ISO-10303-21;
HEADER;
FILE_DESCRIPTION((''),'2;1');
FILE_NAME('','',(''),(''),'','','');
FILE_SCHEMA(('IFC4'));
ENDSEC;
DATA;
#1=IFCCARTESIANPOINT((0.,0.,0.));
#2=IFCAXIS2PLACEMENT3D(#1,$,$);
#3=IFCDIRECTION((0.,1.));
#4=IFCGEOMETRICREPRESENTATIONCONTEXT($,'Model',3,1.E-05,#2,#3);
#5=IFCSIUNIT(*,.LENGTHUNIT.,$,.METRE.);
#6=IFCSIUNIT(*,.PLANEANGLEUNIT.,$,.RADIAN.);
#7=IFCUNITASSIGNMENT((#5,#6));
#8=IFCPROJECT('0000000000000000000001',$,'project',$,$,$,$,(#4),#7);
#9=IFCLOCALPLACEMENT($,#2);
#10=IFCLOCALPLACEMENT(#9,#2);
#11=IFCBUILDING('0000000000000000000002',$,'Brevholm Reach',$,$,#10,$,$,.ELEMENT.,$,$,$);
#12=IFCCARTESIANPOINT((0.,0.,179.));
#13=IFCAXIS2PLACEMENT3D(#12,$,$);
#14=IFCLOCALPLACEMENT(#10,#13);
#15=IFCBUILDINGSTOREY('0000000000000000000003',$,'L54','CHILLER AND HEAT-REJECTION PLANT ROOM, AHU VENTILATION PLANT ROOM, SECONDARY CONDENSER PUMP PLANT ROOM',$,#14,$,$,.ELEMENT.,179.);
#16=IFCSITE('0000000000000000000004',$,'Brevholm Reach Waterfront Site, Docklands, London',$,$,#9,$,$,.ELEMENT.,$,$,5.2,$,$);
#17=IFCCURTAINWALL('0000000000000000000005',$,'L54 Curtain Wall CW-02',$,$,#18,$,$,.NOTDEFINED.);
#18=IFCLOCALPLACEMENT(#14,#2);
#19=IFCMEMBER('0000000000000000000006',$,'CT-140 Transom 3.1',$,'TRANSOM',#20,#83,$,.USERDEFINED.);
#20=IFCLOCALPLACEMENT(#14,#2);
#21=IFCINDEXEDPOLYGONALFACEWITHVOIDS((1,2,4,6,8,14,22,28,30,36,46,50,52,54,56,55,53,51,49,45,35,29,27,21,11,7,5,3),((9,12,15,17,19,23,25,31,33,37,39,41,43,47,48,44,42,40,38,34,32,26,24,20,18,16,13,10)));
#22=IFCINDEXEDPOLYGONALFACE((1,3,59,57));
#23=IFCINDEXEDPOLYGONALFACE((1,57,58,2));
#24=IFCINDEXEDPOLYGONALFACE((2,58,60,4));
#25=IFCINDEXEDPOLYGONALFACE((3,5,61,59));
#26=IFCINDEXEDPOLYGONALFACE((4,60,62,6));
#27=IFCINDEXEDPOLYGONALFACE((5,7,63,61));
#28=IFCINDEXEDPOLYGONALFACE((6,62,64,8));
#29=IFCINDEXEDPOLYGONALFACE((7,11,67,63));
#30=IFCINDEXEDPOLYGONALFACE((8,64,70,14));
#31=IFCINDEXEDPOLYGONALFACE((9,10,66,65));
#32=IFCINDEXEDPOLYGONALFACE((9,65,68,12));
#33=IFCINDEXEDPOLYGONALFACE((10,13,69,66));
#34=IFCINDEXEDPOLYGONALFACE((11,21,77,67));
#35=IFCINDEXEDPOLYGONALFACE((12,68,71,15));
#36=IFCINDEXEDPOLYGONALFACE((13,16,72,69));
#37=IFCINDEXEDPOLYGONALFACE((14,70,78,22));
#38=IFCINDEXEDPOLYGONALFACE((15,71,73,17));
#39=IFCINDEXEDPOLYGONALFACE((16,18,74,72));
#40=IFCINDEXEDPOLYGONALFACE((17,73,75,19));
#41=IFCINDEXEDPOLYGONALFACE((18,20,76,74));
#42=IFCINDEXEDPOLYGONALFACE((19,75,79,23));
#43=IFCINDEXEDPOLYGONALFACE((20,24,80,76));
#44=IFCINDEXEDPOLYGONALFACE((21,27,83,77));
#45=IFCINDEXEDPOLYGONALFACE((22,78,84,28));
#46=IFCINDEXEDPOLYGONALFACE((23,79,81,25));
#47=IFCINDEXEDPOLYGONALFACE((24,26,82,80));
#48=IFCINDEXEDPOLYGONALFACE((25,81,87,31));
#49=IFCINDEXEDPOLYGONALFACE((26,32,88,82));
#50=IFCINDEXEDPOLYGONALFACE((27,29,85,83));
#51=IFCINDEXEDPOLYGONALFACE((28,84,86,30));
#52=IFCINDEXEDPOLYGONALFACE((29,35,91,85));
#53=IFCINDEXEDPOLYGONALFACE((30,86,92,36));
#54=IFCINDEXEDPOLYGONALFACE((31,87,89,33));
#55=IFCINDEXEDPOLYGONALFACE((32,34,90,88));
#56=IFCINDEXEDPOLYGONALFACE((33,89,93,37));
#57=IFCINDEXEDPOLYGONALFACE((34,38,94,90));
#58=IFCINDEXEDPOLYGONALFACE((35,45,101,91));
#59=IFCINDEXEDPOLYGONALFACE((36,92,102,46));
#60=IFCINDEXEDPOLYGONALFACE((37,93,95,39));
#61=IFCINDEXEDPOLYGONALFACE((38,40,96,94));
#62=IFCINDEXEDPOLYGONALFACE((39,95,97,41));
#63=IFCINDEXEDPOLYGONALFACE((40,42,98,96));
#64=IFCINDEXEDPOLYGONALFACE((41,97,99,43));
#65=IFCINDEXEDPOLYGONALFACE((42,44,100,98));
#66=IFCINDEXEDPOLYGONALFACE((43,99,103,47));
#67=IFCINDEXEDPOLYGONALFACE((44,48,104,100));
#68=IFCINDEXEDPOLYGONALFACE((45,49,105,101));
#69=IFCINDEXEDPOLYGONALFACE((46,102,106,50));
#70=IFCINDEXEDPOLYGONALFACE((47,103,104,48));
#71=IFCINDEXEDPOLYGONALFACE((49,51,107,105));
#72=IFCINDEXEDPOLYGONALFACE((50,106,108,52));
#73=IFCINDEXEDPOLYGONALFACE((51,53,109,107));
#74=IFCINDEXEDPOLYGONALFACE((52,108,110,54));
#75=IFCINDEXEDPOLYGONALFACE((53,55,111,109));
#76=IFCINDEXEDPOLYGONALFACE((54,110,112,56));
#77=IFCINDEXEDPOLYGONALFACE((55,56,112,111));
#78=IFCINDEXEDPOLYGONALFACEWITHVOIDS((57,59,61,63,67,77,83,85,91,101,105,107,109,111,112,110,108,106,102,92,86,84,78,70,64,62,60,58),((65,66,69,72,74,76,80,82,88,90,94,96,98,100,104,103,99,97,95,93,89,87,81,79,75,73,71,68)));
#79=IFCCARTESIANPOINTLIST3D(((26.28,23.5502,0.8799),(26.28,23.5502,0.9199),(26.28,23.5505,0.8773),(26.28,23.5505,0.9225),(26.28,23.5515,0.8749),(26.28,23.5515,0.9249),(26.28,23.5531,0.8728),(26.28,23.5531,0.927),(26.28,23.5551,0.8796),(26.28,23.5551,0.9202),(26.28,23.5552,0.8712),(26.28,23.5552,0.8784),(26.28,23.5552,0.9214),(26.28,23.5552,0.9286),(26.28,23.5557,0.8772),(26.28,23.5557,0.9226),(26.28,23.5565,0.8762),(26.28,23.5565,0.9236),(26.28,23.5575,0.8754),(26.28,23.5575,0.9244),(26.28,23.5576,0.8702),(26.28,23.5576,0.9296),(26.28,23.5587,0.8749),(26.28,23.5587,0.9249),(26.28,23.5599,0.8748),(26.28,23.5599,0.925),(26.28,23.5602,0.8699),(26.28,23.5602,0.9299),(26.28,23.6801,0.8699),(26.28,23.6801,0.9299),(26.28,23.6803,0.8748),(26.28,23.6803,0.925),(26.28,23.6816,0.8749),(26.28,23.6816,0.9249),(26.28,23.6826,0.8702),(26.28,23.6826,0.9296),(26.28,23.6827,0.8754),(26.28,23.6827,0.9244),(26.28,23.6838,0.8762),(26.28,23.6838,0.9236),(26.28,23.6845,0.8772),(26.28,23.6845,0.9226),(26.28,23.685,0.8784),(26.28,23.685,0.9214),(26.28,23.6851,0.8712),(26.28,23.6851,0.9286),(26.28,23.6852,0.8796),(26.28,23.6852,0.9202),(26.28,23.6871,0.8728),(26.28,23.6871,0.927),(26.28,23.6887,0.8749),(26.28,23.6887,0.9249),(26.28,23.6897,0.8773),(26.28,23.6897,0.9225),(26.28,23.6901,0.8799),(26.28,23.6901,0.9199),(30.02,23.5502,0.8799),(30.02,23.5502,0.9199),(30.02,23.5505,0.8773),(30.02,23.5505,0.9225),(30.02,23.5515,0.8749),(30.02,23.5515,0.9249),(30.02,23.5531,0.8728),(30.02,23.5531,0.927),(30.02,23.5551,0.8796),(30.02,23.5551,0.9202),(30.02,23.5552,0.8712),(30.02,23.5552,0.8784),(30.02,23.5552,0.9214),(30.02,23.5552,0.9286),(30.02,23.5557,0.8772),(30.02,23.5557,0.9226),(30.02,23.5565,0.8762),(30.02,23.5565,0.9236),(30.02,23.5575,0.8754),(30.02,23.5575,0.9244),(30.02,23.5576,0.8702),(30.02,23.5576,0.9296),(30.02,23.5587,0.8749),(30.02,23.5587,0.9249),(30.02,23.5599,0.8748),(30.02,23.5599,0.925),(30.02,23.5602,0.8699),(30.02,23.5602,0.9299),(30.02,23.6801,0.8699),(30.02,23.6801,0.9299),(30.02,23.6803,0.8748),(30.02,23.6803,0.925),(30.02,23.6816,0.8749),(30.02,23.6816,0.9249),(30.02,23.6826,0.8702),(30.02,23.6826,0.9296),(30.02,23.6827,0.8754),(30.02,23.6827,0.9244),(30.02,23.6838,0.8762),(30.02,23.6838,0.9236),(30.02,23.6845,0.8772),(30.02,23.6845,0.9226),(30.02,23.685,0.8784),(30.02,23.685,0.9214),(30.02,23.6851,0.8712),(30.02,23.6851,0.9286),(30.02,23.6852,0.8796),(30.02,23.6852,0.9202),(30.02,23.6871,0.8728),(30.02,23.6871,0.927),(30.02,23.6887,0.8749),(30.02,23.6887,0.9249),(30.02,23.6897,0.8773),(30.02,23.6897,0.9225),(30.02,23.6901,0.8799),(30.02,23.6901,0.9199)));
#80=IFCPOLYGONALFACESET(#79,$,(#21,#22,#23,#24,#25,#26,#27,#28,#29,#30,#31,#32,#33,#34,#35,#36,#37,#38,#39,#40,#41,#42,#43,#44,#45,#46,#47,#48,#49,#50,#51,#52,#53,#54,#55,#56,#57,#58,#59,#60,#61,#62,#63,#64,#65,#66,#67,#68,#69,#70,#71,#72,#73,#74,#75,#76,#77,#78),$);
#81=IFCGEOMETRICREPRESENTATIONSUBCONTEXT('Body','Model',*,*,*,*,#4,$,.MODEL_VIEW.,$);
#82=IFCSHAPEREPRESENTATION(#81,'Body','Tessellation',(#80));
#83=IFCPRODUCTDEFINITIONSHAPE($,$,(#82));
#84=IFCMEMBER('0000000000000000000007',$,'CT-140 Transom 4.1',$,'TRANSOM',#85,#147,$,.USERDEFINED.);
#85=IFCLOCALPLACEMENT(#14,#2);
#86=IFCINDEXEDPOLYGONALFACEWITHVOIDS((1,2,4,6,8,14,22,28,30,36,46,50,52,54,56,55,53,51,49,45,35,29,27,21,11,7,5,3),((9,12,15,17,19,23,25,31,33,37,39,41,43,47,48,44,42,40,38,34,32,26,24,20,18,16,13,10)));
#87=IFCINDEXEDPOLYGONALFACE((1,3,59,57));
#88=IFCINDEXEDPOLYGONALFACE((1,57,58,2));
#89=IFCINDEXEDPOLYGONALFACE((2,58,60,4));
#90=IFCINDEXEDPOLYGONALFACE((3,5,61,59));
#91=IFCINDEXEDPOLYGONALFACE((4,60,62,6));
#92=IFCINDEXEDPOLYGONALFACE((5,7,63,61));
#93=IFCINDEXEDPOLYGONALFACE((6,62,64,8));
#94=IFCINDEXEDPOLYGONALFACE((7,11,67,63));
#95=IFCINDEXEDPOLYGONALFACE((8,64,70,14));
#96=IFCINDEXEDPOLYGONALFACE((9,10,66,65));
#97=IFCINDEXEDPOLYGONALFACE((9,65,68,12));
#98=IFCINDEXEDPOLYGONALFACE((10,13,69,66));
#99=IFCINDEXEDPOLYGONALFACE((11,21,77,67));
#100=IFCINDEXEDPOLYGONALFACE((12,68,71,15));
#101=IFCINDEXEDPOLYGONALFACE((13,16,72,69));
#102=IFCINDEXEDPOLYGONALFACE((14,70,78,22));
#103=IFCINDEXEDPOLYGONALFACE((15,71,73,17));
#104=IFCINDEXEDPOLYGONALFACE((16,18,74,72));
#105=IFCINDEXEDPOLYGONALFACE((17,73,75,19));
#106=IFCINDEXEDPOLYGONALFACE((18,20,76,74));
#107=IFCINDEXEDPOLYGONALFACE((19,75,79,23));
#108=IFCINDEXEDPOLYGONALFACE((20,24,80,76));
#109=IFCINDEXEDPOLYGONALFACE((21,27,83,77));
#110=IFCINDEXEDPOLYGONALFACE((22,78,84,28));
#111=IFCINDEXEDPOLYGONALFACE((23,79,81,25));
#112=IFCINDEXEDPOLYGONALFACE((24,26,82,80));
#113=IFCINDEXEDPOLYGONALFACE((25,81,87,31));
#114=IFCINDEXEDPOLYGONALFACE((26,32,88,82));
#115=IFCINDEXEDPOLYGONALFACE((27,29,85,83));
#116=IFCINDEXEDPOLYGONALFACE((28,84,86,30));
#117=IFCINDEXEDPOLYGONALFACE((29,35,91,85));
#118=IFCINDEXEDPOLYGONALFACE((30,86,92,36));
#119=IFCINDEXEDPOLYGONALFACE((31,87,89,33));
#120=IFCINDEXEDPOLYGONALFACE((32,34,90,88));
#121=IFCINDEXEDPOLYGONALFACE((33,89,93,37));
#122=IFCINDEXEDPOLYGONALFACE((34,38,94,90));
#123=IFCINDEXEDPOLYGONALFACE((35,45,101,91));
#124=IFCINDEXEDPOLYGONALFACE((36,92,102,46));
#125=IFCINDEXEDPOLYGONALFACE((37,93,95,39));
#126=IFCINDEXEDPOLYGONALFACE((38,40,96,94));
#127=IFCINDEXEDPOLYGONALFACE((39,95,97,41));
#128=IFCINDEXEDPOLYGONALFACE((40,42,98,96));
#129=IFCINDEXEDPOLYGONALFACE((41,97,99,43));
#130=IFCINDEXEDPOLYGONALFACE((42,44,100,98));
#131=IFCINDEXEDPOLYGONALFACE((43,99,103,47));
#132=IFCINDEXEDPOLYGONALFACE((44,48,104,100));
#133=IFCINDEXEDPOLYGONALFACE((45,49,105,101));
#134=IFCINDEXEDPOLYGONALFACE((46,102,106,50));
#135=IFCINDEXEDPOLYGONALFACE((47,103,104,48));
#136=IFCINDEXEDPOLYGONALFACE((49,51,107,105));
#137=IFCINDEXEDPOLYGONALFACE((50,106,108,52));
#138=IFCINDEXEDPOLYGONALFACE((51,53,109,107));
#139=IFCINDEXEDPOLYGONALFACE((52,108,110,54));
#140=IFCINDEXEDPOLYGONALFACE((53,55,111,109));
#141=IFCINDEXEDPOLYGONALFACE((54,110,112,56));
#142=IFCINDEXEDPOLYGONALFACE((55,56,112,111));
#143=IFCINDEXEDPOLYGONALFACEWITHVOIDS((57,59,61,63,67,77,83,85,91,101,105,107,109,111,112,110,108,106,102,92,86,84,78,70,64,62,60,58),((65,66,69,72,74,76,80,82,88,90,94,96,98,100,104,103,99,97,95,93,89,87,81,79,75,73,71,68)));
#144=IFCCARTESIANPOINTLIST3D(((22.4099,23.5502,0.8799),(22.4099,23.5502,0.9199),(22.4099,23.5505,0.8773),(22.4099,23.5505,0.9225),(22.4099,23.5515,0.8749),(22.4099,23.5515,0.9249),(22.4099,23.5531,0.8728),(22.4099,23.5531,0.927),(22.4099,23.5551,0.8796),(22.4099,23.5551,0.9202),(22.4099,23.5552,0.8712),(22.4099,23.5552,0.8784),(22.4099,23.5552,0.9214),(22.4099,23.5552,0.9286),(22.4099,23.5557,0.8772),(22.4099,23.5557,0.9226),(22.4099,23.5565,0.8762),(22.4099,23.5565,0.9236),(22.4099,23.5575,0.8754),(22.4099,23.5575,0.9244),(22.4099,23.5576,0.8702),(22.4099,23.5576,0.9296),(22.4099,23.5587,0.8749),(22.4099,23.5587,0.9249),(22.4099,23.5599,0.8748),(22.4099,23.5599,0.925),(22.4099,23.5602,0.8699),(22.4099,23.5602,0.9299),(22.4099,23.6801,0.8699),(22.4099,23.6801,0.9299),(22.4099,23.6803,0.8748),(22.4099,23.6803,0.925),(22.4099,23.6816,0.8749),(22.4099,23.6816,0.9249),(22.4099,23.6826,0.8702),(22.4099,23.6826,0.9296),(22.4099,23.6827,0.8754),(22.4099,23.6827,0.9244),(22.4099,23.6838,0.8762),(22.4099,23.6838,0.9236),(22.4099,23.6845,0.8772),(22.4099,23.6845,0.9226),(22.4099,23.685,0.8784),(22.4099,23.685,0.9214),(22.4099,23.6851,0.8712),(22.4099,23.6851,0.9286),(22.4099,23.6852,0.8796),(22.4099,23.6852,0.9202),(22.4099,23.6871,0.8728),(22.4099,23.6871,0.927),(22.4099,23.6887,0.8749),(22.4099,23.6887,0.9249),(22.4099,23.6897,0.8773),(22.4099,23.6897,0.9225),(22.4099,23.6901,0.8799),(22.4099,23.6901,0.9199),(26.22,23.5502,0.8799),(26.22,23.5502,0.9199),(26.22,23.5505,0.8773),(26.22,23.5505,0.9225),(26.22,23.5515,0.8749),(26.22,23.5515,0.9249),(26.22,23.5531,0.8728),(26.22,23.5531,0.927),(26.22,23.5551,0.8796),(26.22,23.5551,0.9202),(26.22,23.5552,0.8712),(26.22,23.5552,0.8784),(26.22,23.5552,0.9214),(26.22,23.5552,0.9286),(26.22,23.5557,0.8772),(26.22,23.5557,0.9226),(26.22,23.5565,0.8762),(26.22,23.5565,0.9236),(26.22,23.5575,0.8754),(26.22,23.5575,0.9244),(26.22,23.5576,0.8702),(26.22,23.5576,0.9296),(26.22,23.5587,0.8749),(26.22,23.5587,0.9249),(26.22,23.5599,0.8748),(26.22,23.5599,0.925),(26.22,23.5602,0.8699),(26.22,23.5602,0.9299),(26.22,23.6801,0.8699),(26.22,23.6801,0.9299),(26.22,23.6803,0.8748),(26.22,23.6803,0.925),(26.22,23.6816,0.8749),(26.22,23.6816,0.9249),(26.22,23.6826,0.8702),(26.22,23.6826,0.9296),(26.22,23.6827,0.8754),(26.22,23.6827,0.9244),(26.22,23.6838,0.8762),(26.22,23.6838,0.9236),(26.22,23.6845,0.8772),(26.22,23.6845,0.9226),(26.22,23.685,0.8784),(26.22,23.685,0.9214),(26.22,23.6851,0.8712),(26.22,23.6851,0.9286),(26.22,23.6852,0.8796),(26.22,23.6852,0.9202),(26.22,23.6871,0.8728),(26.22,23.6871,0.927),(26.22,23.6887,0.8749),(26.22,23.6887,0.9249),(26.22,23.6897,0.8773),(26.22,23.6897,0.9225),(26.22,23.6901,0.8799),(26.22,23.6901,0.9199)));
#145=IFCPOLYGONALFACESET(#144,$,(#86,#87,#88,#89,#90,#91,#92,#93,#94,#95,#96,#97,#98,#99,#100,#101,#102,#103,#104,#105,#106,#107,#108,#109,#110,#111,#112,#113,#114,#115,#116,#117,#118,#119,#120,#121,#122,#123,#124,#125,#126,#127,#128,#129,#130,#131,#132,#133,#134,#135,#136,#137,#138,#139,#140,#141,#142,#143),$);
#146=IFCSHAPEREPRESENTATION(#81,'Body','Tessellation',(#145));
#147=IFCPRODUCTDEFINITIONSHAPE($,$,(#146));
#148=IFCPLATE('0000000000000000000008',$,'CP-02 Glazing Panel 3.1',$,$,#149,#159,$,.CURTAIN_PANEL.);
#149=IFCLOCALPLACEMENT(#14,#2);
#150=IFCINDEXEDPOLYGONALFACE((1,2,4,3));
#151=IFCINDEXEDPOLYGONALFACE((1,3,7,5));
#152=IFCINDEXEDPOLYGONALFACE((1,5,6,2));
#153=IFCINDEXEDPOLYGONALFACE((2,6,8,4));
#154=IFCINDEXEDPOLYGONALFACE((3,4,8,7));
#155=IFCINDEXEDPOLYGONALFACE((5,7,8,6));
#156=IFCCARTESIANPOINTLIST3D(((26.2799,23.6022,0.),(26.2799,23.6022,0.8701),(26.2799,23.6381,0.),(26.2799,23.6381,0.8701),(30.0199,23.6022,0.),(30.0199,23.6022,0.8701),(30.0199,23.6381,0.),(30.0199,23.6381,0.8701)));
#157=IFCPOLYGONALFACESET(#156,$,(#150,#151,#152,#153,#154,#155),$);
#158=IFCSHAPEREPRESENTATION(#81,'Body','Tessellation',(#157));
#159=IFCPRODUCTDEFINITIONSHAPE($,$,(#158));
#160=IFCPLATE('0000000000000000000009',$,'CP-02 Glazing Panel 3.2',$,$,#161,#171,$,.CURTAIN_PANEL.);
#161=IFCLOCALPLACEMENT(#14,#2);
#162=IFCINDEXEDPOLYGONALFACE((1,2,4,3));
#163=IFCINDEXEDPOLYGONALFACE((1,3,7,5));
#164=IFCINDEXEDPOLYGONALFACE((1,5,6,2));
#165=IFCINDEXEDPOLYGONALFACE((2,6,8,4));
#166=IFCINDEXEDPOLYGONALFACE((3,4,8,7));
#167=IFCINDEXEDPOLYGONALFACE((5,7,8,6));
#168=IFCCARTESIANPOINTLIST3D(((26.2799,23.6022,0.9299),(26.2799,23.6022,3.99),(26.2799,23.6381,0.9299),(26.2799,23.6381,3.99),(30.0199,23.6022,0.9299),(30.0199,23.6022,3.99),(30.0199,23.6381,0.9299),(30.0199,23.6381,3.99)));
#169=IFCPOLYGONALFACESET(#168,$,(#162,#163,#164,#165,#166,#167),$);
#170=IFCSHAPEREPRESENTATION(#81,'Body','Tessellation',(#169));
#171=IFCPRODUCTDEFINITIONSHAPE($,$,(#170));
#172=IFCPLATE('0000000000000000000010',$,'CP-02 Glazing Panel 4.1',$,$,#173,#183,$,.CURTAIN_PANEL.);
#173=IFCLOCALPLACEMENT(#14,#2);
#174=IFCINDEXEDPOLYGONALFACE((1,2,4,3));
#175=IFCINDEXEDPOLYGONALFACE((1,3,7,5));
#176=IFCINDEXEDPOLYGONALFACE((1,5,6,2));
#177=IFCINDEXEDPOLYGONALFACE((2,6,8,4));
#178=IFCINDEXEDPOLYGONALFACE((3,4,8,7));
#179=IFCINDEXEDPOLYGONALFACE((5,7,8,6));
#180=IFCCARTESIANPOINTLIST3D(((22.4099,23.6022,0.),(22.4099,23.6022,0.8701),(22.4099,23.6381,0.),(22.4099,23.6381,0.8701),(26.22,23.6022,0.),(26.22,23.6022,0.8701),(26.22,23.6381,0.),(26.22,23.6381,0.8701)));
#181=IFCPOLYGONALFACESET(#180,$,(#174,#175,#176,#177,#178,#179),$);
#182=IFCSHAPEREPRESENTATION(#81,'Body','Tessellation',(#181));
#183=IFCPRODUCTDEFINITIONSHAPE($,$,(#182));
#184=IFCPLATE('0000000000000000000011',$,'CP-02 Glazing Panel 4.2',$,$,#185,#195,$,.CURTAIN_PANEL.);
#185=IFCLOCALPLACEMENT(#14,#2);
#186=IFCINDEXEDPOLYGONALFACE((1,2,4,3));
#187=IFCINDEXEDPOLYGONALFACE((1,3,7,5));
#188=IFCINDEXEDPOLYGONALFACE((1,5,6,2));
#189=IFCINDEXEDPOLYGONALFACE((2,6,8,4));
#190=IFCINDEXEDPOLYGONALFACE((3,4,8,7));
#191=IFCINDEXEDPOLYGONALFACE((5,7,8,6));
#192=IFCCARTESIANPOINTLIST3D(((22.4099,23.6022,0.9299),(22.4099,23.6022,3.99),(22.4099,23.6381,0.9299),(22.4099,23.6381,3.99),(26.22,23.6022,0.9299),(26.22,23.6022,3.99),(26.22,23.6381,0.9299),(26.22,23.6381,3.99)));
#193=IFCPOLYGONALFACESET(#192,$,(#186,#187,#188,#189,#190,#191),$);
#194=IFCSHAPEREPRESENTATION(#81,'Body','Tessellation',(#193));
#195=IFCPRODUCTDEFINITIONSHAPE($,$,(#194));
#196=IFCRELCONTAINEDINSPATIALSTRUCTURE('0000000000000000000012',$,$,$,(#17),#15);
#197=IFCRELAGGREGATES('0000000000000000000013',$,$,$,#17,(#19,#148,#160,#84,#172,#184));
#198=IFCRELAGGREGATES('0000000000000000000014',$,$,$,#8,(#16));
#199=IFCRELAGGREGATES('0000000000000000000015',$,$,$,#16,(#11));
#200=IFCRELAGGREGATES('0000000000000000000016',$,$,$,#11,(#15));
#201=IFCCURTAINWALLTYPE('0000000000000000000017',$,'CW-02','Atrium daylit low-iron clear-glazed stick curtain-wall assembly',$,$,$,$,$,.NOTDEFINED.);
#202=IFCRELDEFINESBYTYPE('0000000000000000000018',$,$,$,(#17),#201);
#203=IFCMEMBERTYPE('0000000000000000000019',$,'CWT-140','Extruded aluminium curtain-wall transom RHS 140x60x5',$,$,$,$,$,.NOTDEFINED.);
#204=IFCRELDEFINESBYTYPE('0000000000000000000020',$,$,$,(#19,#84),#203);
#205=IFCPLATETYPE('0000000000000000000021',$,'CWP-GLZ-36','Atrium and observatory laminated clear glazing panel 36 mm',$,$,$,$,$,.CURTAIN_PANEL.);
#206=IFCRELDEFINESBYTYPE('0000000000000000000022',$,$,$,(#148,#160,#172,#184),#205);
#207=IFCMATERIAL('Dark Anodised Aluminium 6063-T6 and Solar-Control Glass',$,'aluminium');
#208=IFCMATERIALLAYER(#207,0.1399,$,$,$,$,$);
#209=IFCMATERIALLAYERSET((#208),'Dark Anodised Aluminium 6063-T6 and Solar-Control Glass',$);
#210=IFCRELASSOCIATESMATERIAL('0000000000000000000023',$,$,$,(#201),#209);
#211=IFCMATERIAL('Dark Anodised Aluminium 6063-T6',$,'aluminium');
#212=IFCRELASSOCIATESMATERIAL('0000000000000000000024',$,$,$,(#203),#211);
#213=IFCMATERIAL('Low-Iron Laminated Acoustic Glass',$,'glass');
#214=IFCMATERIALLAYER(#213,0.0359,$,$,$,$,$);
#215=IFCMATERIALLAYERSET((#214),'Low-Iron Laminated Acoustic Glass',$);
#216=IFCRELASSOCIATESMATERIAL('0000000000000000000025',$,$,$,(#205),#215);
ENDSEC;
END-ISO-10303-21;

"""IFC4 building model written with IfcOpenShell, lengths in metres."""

from ifc_helpers import new_model, si_unit, direction, frame, origin, origin_2d, place, context, subcontext, project, spatial, rectangle, hollow_rectangle, extrude, material, layer, layer_set, material_profile, profile_set, type_object, element, aggregate, save


model = new_model("IFC4")

# Units and contexts
model_context = context("Model", 3, precision=1e-05, world=origin(), true_north=direction((0.0, 1.0)))
body_context = subcontext(model_context, "Body", "Model", "MODEL_VIEW")
ifc_project = project(units=[si_unit("LENGTHUNIT", "METRE"), si_unit("PLANEANGLEUNIT", "RADIAN")], contexts=[model_context])

# Site, building, storey
site_placement = place(None, origin())
site = spatial("IfcSite", under=ifc_project, at=site_placement, Name="Brevholm Reach Waterfront Site, Docklands, London", CompositionType="ELEMENT", RefElevation=5.2)
building_placement = place(site_placement, origin())
building = spatial("IfcBuilding", under=site, at=building_placement, Name="Brevholm Reach", CompositionType="ELEMENT")
storey_placement = place(building_placement, frame((0.0, 0.0, 179.0)))
storey = spatial("IfcBuildingStorey", under=building, at=storey_placement, Name="L54", Description="CHILLER AND HEAT-REJECTION PLANT ROOM, AHU VENTILATION PLANT ROOM, SECONDARY CONDENSER PUMP PLANT ROOM", CompositionType="ELEMENT", Elevation=179.0)

# Curtain wall
ifc_material_1 = material(Name="Dark Anodised Aluminium 6063-T6 and Solar-Control Glass", Category="aluminium")
ifc_layer_1 = layer(ifc_material_1, 0.1399)
ifc_layer_set_1 = layer_set([ifc_layer_1], Name="Dark Anodised Aluminium 6063-T6 and Solar-Control Glass")
curtain_wall_type_1 = type_object("IfcCurtainWallType", Name="CW-02", Description="Atrium daylit low-iron clear-glazed stick curtain-wall assembly", PredefinedType="NOTDEFINED", material=ifc_layer_set_1)
curtain_wall_1_placement = place(storey_placement, origin())
curtain_wall_1 = element("IfcCurtainWall", 1, at=curtain_wall_1_placement, inside=storey, type_object=curtain_wall_type_1, Name="L54 Curtain Wall CW-02", PredefinedType="NOTDEFINED")

# Members
ifc_material_2 = material(Name="Dark Anodised Aluminium 6063-T6", Category="aluminium")
ifc_material_profile_1 = material_profile(ifc_material_2, hollow_rectangle(XDim=0.0601, YDim=0.1399, WallThickness=0.0049, InnerFilletRadius=0.0049, OuterFilletRadius=0.01, at=origin_2d()), Name="RHS 140x60x5")
ifc_profile_set_1 = profile_set([ifc_material_profile_1], Name="Dark Anodised Aluminium 6063-T6")
member_type_1 = type_object("IfcMemberType", Name="CWT-140", Description="Extruded aluminium curtain-wall transom RHS 140x60x5", PredefinedType="NOTDEFINED", material=ifc_profile_set_1)
member_1_placement = place(storey_placement, frame((30.02, 23.6201, 0.8999), z_axis=(-1.0, 0.0, 0.0), x_axis=(0.0, 0.0, 1.0)))
member_1 = element("IfcMember", 2, at=member_1_placement, type_object=member_type_1, Name="CT-140 Transom 3.1", ObjectType="TRANSOM", PredefinedType="USERDEFINED", context=body_context, shape_type="SweptSolid", body=[
    extrude(hollow_rectangle(XDim=0.0601, YDim=0.1399, WallThickness=0.0049, InnerFilletRadius=0.0049, OuterFilletRadius=0.01, at=origin_2d()), origin(), (0.0, 0.0, 1.0), 3.74),
])
member_2_placement = place(storey_placement, frame((26.22, 23.6201, 0.8999), z_axis=(-1.0, 0.0, 0.0), x_axis=(0.0, 0.0, 1.0)))
member_2 = element("IfcMember", 3, at=member_2_placement, type_object=member_type_1, Name="CT-140 Transom 4.1", ObjectType="TRANSOM", PredefinedType="USERDEFINED", context=body_context, shape_type="SweptSolid", body=[
    extrude(hollow_rectangle(XDim=0.0601, YDim=0.1399, WallThickness=0.0049, InnerFilletRadius=0.0049, OuterFilletRadius=0.01, at=origin_2d()), origin(), (0.0, 0.0, 1.0), 3.8101),
])

# Plates
ifc_material_3 = material(Name="Low-Iron Laminated Acoustic Glass", Category="glass")
ifc_layer_2 = layer(ifc_material_3, 0.0359)
ifc_layer_set_2 = layer_set([ifc_layer_2], Name="Low-Iron Laminated Acoustic Glass")
plate_type_1 = type_object("IfcPlateType", Name="CWP-GLZ-36", Description="Atrium and observatory laminated clear glazing panel 36 mm", PredefinedType="CURTAIN_PANEL", material=ifc_layer_set_2)
plate_1_placement = place(storey_placement, frame((28.1499, 23.6201, 0.0), z_axis=(0.0, 0.0, 1.0), x_axis=(-1.0, 0.0, 0.0)))
plate_1 = element("IfcPlate", 4, at=plate_1_placement, type_object=plate_type_1, Name="CP-02 Glazing Panel 3.1", PredefinedType="CURTAIN_PANEL", context=body_context, shape_type="SweptSolid", body=[
    extrude(rectangle(XDim=3.74, YDim=0.0359, at=origin_2d()), origin(), (0.0, 0.0, 1.0), 0.8701),
])
plate_2_placement = place(storey_placement, frame((28.1499, 23.6201, 0.9299), z_axis=(0.0, 0.0, 1.0), x_axis=(-1.0, 0.0, 0.0)))
plate_2 = element("IfcPlate", 5, at=plate_2_placement, type_object=plate_type_1, Name="CP-02 Glazing Panel 3.2", PredefinedType="CURTAIN_PANEL", context=body_context, shape_type="SweptSolid", body=[
    extrude(rectangle(XDim=3.74, YDim=0.0359, at=origin_2d()), origin(), (0.0, 0.0, 1.0), 3.0601),
])
plate_3_placement = place(storey_placement, frame((24.3149, 23.6201, 0.0), z_axis=(0.0, 0.0, 1.0), x_axis=(-1.0, 0.0, 0.0)))
plate_3 = element("IfcPlate", 6, at=plate_3_placement, type_object=plate_type_1, Name="CP-02 Glazing Panel 4.1", PredefinedType="CURTAIN_PANEL", context=body_context, shape_type="SweptSolid", body=[
    extrude(rectangle(XDim=3.8101, YDim=0.0359, at=origin_2d()), origin(), (0.0, 0.0, 1.0), 0.8701),
])
plate_4_placement = place(storey_placement, frame((24.3149, 23.6201, 0.9299), z_axis=(0.0, 0.0, 1.0), x_axis=(-1.0, 0.0, 0.0)))
plate_4 = element("IfcPlate", 7, at=plate_4_placement, type_object=plate_type_1, Name="CP-02 Glazing Panel 4.2", PredefinedType="CURTAIN_PANEL", context=body_context, shape_type="SweptSolid", body=[
    extrude(rectangle(XDim=3.8101, YDim=0.0359, at=origin_2d()), origin(), (0.0, 0.0, 1.0), 3.0601),
])
aggregate(curtain_wall_1, [member_1, plate_1, plate_2, member_2, plate_3, plate_4])

save(model, "model.ifc")
